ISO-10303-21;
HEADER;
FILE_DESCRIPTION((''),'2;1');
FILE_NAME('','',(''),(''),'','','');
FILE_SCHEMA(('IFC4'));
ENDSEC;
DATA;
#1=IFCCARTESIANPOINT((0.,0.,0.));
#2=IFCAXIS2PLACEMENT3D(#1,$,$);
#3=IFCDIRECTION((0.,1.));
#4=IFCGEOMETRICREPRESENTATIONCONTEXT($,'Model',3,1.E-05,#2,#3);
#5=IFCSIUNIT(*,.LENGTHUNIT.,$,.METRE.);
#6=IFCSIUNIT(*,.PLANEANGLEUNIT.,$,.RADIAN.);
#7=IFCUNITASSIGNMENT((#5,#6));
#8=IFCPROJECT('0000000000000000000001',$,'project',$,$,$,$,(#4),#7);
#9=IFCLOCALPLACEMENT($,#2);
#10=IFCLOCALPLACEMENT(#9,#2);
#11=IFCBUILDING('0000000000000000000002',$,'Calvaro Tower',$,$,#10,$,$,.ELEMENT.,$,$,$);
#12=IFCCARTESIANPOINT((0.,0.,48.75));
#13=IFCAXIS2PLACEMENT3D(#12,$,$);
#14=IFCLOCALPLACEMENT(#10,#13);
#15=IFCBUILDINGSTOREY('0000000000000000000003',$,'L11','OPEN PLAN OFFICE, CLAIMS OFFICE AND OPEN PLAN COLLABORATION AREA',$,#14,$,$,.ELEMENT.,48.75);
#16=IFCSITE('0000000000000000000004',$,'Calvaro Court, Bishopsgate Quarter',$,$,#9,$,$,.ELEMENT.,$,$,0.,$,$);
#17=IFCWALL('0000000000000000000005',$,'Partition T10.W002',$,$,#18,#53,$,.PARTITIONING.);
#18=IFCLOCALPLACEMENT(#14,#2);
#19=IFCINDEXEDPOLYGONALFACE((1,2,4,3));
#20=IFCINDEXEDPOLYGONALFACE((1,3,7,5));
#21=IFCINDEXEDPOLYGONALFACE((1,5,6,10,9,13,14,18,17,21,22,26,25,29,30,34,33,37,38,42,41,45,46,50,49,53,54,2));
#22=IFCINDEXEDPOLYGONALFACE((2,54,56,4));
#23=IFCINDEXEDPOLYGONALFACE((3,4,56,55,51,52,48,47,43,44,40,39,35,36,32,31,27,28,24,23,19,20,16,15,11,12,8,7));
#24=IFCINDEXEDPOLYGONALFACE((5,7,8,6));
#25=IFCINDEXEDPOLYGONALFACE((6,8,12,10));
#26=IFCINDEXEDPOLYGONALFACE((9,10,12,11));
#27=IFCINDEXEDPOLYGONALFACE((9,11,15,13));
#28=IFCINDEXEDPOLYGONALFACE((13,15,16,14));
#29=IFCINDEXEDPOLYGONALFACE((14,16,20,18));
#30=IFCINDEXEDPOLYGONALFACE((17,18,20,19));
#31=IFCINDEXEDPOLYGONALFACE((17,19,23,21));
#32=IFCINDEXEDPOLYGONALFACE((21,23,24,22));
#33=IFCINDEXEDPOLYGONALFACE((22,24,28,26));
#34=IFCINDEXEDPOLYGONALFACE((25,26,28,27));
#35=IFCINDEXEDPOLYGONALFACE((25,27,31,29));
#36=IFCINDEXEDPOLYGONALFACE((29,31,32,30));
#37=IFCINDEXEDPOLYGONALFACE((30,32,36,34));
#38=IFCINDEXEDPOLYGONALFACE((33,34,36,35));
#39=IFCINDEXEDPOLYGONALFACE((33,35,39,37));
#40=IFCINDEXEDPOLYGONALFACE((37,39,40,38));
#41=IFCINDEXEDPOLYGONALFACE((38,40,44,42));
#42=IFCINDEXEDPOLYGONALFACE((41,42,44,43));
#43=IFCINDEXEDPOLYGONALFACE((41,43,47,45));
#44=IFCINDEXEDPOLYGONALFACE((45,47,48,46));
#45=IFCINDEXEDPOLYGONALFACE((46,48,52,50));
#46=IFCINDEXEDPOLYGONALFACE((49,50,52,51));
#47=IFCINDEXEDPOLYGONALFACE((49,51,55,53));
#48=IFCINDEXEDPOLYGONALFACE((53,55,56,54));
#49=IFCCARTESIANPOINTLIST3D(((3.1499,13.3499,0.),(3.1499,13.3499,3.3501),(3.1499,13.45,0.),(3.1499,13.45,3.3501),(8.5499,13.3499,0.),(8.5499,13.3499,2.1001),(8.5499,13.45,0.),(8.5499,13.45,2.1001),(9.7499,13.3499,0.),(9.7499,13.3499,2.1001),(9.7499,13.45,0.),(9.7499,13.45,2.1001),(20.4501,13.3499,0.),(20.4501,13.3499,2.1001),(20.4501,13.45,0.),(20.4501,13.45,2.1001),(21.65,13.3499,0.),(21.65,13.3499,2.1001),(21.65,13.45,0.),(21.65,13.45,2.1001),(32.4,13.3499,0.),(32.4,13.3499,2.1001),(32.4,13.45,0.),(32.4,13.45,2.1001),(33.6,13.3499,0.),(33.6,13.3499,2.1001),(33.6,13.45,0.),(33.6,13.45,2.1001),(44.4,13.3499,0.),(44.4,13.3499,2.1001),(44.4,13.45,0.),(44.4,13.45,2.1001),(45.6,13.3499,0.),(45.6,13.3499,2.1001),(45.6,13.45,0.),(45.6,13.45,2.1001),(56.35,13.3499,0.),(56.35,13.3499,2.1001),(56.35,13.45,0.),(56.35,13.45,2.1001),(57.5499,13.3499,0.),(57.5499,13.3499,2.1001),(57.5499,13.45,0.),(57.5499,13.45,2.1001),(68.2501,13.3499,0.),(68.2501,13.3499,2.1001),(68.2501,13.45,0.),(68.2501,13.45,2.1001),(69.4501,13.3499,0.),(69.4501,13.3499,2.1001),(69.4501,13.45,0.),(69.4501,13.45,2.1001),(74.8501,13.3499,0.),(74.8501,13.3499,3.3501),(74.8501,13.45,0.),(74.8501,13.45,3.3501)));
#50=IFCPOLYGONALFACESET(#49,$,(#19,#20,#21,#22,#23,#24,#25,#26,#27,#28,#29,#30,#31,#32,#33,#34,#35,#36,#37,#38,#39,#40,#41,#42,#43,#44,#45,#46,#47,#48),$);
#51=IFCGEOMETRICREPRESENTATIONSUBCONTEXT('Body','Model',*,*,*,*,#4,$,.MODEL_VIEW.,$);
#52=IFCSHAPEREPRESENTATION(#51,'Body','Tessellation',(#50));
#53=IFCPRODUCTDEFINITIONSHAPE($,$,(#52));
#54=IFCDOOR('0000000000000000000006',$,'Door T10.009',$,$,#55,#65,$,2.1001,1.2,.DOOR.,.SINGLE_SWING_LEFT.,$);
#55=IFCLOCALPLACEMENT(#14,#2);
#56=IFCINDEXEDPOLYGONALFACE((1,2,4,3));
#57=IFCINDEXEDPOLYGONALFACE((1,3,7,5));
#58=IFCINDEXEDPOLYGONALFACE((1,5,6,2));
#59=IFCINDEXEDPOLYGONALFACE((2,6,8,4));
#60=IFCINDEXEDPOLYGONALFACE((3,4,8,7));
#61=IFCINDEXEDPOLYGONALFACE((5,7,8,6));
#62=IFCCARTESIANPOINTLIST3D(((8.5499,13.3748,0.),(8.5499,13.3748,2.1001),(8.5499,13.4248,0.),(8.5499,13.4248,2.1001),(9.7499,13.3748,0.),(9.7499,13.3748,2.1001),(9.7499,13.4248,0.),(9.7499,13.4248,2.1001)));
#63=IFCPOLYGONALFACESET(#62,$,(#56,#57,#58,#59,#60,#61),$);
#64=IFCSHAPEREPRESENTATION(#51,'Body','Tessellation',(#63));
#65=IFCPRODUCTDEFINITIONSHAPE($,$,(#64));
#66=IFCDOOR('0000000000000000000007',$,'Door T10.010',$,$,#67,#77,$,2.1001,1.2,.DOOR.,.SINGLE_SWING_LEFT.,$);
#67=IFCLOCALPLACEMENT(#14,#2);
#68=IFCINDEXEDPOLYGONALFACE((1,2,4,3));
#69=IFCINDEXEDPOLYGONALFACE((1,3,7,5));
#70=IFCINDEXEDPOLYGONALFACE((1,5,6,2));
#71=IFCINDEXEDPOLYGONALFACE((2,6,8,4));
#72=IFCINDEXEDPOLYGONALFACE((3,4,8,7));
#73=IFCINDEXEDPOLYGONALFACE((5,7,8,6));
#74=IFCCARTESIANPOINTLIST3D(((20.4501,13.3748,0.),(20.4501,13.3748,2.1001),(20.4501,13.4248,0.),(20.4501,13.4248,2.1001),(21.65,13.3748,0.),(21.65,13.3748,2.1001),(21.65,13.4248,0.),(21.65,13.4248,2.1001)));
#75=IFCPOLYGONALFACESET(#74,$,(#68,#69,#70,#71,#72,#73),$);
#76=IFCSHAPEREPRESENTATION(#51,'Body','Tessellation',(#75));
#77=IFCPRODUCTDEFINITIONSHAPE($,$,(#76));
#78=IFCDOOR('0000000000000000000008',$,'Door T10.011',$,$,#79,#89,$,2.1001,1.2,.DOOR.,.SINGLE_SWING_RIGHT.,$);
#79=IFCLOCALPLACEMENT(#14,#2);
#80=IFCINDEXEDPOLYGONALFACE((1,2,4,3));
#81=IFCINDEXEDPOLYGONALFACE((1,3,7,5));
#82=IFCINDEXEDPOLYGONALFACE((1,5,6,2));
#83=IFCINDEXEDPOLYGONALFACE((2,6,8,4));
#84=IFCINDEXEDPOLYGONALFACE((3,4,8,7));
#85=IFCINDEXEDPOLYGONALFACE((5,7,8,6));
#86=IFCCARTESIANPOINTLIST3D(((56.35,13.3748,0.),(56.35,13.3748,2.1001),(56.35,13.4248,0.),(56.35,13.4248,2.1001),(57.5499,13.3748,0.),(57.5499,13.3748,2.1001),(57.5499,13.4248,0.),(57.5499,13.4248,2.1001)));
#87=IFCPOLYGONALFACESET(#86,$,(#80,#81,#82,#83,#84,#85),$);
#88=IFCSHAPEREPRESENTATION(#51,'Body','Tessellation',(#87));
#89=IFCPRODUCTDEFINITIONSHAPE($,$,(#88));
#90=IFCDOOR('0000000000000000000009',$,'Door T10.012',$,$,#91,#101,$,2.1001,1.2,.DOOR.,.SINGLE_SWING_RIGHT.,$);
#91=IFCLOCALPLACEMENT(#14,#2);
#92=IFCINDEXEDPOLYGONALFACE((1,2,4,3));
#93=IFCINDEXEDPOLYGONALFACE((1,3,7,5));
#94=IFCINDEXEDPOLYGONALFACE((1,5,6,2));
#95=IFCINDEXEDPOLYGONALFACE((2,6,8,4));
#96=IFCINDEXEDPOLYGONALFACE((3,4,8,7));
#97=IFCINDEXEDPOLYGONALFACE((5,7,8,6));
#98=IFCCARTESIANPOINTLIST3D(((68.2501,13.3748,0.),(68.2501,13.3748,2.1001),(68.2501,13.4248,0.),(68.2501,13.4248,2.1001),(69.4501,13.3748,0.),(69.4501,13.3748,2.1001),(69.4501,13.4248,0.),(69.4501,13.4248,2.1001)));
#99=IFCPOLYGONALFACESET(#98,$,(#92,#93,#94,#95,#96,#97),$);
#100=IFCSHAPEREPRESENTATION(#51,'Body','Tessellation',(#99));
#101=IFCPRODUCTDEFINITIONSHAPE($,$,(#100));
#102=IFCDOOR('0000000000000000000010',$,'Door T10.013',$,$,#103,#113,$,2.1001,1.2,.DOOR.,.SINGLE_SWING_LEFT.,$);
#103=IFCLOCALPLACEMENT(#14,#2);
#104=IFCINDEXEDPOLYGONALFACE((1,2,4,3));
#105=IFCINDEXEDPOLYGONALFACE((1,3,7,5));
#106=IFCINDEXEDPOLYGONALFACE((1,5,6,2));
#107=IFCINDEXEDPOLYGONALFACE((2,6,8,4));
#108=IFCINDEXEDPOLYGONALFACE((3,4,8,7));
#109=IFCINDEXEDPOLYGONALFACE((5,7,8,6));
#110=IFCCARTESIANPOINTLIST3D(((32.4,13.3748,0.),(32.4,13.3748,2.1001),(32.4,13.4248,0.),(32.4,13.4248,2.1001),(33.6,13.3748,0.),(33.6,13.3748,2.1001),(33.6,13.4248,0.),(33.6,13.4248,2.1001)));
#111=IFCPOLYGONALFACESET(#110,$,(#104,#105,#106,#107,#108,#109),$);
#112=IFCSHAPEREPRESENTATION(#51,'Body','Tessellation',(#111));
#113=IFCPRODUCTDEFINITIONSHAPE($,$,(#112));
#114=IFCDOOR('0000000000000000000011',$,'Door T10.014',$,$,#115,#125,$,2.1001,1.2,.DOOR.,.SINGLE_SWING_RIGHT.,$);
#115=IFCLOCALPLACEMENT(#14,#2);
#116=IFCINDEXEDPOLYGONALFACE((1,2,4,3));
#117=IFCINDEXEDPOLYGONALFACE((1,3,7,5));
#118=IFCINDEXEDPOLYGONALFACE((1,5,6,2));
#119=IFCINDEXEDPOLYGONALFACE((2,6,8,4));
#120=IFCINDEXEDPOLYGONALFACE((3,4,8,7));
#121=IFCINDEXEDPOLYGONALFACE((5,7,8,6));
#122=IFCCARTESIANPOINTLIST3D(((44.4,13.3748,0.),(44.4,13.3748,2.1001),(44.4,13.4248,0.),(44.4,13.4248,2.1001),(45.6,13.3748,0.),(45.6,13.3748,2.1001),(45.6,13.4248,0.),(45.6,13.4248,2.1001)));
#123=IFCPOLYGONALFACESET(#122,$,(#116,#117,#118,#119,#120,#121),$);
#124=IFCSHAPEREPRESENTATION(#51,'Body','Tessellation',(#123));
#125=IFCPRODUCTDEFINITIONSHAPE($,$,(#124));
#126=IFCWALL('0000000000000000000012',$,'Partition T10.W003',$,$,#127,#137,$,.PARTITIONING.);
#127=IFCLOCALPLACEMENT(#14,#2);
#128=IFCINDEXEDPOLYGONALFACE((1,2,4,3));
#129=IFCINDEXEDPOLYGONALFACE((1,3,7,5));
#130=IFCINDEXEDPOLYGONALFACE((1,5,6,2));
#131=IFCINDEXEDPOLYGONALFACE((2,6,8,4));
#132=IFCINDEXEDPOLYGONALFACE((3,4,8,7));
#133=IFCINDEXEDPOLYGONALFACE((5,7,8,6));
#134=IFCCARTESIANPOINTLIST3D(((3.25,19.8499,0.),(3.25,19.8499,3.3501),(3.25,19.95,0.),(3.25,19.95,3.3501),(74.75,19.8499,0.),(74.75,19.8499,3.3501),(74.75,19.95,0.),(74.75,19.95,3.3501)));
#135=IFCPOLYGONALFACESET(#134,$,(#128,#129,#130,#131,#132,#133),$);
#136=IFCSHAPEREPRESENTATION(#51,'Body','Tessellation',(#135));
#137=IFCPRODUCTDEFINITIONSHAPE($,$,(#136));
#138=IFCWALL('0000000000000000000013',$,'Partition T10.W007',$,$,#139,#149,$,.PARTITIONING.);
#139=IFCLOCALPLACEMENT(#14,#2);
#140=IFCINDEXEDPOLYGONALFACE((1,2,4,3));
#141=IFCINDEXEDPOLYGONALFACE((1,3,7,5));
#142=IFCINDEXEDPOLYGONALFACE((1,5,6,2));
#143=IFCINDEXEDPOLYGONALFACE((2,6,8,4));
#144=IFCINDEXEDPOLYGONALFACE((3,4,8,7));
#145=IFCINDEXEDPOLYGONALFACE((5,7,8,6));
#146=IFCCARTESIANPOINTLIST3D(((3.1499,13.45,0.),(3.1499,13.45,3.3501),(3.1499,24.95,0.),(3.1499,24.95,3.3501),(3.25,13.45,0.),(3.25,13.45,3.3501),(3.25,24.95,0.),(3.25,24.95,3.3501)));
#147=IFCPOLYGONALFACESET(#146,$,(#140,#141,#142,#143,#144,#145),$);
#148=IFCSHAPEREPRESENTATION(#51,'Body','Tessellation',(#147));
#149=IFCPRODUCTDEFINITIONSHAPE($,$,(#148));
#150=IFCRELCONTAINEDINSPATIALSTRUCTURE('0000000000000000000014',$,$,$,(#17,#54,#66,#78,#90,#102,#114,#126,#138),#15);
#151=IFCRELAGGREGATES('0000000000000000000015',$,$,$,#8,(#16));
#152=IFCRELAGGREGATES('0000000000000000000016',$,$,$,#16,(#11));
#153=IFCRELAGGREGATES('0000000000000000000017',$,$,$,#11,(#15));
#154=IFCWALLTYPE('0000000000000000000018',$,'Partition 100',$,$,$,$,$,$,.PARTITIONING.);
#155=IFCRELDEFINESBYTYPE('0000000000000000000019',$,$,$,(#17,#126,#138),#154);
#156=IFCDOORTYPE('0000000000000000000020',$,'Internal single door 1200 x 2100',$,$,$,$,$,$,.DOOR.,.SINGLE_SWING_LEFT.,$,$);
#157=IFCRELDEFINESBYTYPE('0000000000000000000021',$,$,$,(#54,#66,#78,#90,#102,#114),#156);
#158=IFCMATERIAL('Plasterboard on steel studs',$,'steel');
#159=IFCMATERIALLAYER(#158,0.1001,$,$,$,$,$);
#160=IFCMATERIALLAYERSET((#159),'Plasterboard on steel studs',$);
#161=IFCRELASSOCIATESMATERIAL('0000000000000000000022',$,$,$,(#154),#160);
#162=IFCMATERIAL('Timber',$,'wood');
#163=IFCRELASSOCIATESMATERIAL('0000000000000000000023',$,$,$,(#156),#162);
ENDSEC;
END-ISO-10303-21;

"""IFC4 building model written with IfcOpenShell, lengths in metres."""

from ifc_helpers import new_model, si_unit, direction, frame, frame_2d, origin, place, context, subcontext, project, spatial, rectangle, extrude, material, layer, layer_set, type_object, element, fill, save


model = new_model("IFC4")

# Units and contexts
model_context = context("Model", 3, precision=1e-05, world=origin(), true_north=direction((0.0, 1.0)))
body_context = subcontext(model_context, "Body", "Model", "MODEL_VIEW")
ifc_project = project(units=[si_unit("LENGTHUNIT", "METRE"), si_unit("PLANEANGLEUNIT", "RADIAN")], contexts=[model_context])

# Site, building, storey
site_placement = place(None, origin())
site = spatial("IfcSite", under=ifc_project, at=site_placement, Name="Calvaro Court, Bishopsgate Quarter", CompositionType="ELEMENT", RefElevation=0.0)
building_placement = place(site_placement, origin())
building = spatial("IfcBuilding", under=site, at=building_placement, Name="Calvaro Tower", CompositionType="ELEMENT")
storey_placement = place(building_placement, frame((0.0, 0.0, 48.75)))
storey = spatial("IfcBuildingStorey", under=building, at=storey_placement, Name="L11", Description="OPEN PLAN OFFICE, CLAIMS OFFICE AND OPEN PLAN COLLABORATION AREA", CompositionType="ELEMENT", Elevation=48.75)

# Wall, openings, doors
ifc_material_1 = material(Name="Plasterboard on steel studs", Category="steel")
ifc_layer = layer(ifc_material_1, 0.1001)
ifc_layer_set = layer_set([ifc_layer], Name="Plasterboard on steel studs")
wall_type = type_object("IfcWallType", Name="Partition 100", PredefinedType="PARTITIONING", material=ifc_layer_set)
wall_1_placement = place(storey_placement, frame((3.1499, 13.3999, 0.0), z_axis=(0.0, 0.0, 1.0), x_axis=(1.0, 0.0, 0.0)))
wall_1 = element("IfcWall", 1, at=wall_1_placement, inside=storey, type_object=wall_type, Name="Partition T10.W002", PredefinedType="PARTITIONING", context=body_context, shape_type="SweptSolid", body=[
    extrude(rectangle(XDim=71.7002, YDim=0.1001, at=frame_2d((35.8501, 0.0))), origin(), (0.0, 0.0, 1.0), 3.3501),
])
opening_1_placement = place(wall_1_placement, frame((5.3999, 0.0, 0.0)))
opening_1 = element("IfcOpeningElement", 2, at=opening_1_placement, cuts=wall_1, PredefinedType="OPENING", context=body_context, shape_type="SweptSolid", body=[
    extrude(rectangle(XDim=1.2, YDim=2.1001, at=frame_2d((0.6001, 1.05))), frame((0.0, 0.0601, 0.0), z_axis=(0.0, -1.0, 0.0), x_axis=(1.0, 0.0, 0.0)), (0.0, 0.0, 1.0), 0.1201),
])
opening_2_placement = place(wall_1_placement, frame((17.3, 0.0, 0.0)))
opening_2 = element("IfcOpeningElement", 3, at=opening_2_placement, cuts=wall_1, PredefinedType="OPENING", context=body_context, shape_type="SweptSolid", body=[
    extrude(rectangle(XDim=1.2, YDim=2.1001, at=frame_2d((0.6001, 1.05))), frame((0.0, 0.0601, 0.0), z_axis=(0.0, -1.0, 0.0), x_axis=(1.0, 0.0, 0.0)), (0.0, 0.0, 1.0), 0.1201),
])
opening_3_placement = place(wall_1_placement, frame((53.2, 0.0, 0.0)))
opening_3 = element("IfcOpeningElement", 4, at=opening_3_placement, cuts=wall_1, PredefinedType="OPENING", context=body_context, shape_type="SweptSolid", body=[
    extrude(rectangle(XDim=1.2, YDim=2.1001, at=frame_2d((0.6001, 1.05))), frame((0.0, 0.0601, 0.0), z_axis=(0.0, -1.0, 0.0), x_axis=(1.0, 0.0, 0.0)), (0.0, 0.0, 1.0), 0.1201),
])
opening_4_placement = place(wall_1_placement, frame((65.1001, 0.0, 0.0)))
opening_4 = element("IfcOpeningElement", 5, at=opening_4_placement, cuts=wall_1, PredefinedType="OPENING", context=body_context, shape_type="SweptSolid", body=[
    extrude(rectangle(XDim=1.2, YDim=2.1001, at=frame_2d((0.6001, 1.05))), frame((0.0, 0.0601, 0.0), z_axis=(0.0, -1.0, 0.0), x_axis=(1.0, 0.0, 0.0)), (0.0, 0.0, 1.0), 0.1201),
])
opening_5_placement = place(wall_1_placement, frame((29.25, 0.0, 0.0)))
opening_5 = element("IfcOpeningElement", 6, at=opening_5_placement, cuts=wall_1, PredefinedType="OPENING", context=body_context, shape_type="SweptSolid", body=[
    extrude(rectangle(XDim=1.2, YDim=2.1001, at=frame_2d((0.6001, 1.05))), frame((0.0, 0.0601, 0.0), z_axis=(0.0, -1.0, 0.0), x_axis=(1.0, 0.0, 0.0)), (0.0, 0.0, 1.0), 0.1201),
])
opening_6_placement = place(wall_1_placement, frame((41.25, 0.0, 0.0)))
opening_6 = element("IfcOpeningElement", 7, at=opening_6_placement, cuts=wall_1, PredefinedType="OPENING", context=body_context, shape_type="SweptSolid", body=[
    extrude(rectangle(XDim=1.2, YDim=2.1001, at=frame_2d((0.6001, 1.05))), frame((0.0, 0.0601, 0.0), z_axis=(0.0, -1.0, 0.0), x_axis=(1.0, 0.0, 0.0)), (0.0, 0.0, 1.0), 0.1201),
])
ifc_material_2 = material(Name="Timber", Category="wood")
door_type_1 = type_object("IfcDoorType", Name="Internal single door 1200 x 2100", OperationType="SINGLE_SWING_LEFT", PredefinedType="DOOR", material=ifc_material_2)
door_1_placement = place(opening_1_placement, origin())
door_1 = element("IfcDoor", 8, at=door_1_placement, inside=storey, type_object=door_type_1, Name="Door T10.009", OperationType="SINGLE_SWING_LEFT", OverallHeight=2.1001, OverallWidth=1.2, PredefinedType="DOOR", context=body_context, shape_type="SweptSolid", body=[
    extrude(rectangle(XDim=1.2, YDim=2.1001, at=frame_2d((0.6001, 1.05))), frame((0.0, 0.0249, 0.0), z_axis=(0.0, -1.0, 0.0), x_axis=(1.0, 0.0, 0.0)), (0.0, 0.0, 1.0), 0.05),
])
fill(opening_1, door_1)
door_2_placement = place(opening_2_placement, origin())
door_2 = element("IfcDoor", 9, at=door_2_placement, inside=storey, type_object=door_type_1, Name="Door T10.010", OperationType="SINGLE_SWING_LEFT", OverallHeight=2.1001, OverallWidth=1.2, PredefinedType="DOOR", context=body_context, shape_type="SweptSolid", body=[
    extrude(rectangle(XDim=1.2, YDim=2.1001, at=frame_2d((0.6001, 1.05))), frame((0.0, 0.0249, 0.0), z_axis=(0.0, -1.0, 0.0), x_axis=(1.0, 0.0, 0.0)), (0.0, 0.0, 1.0), 0.05),
])
fill(opening_2, door_2)
door_3_placement = place(opening_3_placement, origin())
door_3 = element("IfcDoor", 10, at=door_3_placement, inside=storey, type_object=door_type_1, Name="Door T10.011", OperationType="SINGLE_SWING_RIGHT", OverallHeight=2.1001, OverallWidth=1.2, PredefinedType="DOOR", context=body_context, shape_type="SweptSolid", body=[
    extrude(rectangle(XDim=1.2, YDim=2.1001, at=frame_2d((0.6001, 1.05))), frame((0.0, 0.0249, 0.0), z_axis=(0.0, -1.0, 0.0), x_axis=(1.0, 0.0, 0.0)), (0.0, 0.0, 1.0), 0.05),
])
fill(opening_3, door_3)
door_4_placement = place(opening_4_placement, origin())
door_4 = element("IfcDoor", 11, at=door_4_placement, inside=storey, type_object=door_type_1, Name="Door T10.012", OperationType="SINGLE_SWING_RIGHT", OverallHeight=2.1001, OverallWidth=1.2, PredefinedType="DOOR", context=body_context, shape_type="SweptSolid", body=[
    extrude(rectangle(XDim=1.2, YDim=2.1001, at=frame_2d((0.6001, 1.05))), frame((0.0, 0.0249, 0.0), z_axis=(0.0, -1.0, 0.0), x_axis=(1.0, 0.0, 0.0)), (0.0, 0.0, 1.0), 0.05),
])
fill(opening_4, door_4)
door_5_placement = place(opening_5_placement, origin())
door_5 = element("IfcDoor", 12, at=door_5_placement, inside=storey, type_object=door_type_1, Name="Door T10.013", OperationType="SINGLE_SWING_LEFT", OverallHeight=2.1001, OverallWidth=1.2, PredefinedType="DOOR", context=body_context, shape_type="SweptSolid", body=[
    extrude(rectangle(XDim=1.2, YDim=2.1001, at=frame_2d((0.6001, 1.05))), frame((0.0, 0.0249, 0.0), z_axis=(0.0, -1.0, 0.0), x_axis=(1.0, 0.0, 0.0)), (0.0, 0.0, 1.0), 0.05),
])
fill(opening_5, door_5)
door_6_placement = place(opening_6_placement, origin())
door_6 = element("IfcDoor", 13, at=door_6_placement, inside=storey, type_object=door_type_1, Name="Door T10.014", OperationType="SINGLE_SWING_RIGHT", OverallHeight=2.1001, OverallWidth=1.2, PredefinedType="DOOR", context=body_context, shape_type="SweptSolid", body=[
    extrude(rectangle(XDim=1.2, YDim=2.1001, at=frame_2d((0.6001, 1.05))), frame((0.0, 0.0249, 0.0), z_axis=(0.0, -1.0, 0.0), x_axis=(1.0, 0.0, 0.0)), (0.0, 0.0, 1.0), 0.05),
])
fill(opening_6, door_6)

# Walls
wall_2_placement = place(storey_placement, frame((3.25, 19.8999, 0.0), z_axis=(0.0, 0.0, 1.0), x_axis=(1.0, 0.0, 0.0)))
element("IfcWall", 14, at=wall_2_placement, inside=storey, type_object=wall_type, Name="Partition T10.W003", PredefinedType="PARTITIONING", context=body_context, shape_type="SweptSolid", body=[
    extrude(rectangle(XDim=71.5, YDim=0.1001, at=frame_2d((35.75, 0.0))), origin(), (0.0, 0.0, 1.0), 3.3501),
])
wall_3_placement = place(storey_placement, frame((3.2, 13.45, 0.0), z_axis=(0.0, 0.0, 1.0), x_axis=(0.0, 1.0, 0.0)))
element("IfcWall", 15, at=wall_3_placement, inside=storey, type_object=wall_type, Name="Partition T10.W007", PredefinedType="PARTITIONING", context=body_context, shape_type="SweptSolid", body=[
    extrude(rectangle(XDim=11.5, YDim=0.1001, at=frame_2d((5.75, 0.0))), origin(), (0.0, 0.0, 1.0), 3.3501),
])

save(model, "model.ifc")
